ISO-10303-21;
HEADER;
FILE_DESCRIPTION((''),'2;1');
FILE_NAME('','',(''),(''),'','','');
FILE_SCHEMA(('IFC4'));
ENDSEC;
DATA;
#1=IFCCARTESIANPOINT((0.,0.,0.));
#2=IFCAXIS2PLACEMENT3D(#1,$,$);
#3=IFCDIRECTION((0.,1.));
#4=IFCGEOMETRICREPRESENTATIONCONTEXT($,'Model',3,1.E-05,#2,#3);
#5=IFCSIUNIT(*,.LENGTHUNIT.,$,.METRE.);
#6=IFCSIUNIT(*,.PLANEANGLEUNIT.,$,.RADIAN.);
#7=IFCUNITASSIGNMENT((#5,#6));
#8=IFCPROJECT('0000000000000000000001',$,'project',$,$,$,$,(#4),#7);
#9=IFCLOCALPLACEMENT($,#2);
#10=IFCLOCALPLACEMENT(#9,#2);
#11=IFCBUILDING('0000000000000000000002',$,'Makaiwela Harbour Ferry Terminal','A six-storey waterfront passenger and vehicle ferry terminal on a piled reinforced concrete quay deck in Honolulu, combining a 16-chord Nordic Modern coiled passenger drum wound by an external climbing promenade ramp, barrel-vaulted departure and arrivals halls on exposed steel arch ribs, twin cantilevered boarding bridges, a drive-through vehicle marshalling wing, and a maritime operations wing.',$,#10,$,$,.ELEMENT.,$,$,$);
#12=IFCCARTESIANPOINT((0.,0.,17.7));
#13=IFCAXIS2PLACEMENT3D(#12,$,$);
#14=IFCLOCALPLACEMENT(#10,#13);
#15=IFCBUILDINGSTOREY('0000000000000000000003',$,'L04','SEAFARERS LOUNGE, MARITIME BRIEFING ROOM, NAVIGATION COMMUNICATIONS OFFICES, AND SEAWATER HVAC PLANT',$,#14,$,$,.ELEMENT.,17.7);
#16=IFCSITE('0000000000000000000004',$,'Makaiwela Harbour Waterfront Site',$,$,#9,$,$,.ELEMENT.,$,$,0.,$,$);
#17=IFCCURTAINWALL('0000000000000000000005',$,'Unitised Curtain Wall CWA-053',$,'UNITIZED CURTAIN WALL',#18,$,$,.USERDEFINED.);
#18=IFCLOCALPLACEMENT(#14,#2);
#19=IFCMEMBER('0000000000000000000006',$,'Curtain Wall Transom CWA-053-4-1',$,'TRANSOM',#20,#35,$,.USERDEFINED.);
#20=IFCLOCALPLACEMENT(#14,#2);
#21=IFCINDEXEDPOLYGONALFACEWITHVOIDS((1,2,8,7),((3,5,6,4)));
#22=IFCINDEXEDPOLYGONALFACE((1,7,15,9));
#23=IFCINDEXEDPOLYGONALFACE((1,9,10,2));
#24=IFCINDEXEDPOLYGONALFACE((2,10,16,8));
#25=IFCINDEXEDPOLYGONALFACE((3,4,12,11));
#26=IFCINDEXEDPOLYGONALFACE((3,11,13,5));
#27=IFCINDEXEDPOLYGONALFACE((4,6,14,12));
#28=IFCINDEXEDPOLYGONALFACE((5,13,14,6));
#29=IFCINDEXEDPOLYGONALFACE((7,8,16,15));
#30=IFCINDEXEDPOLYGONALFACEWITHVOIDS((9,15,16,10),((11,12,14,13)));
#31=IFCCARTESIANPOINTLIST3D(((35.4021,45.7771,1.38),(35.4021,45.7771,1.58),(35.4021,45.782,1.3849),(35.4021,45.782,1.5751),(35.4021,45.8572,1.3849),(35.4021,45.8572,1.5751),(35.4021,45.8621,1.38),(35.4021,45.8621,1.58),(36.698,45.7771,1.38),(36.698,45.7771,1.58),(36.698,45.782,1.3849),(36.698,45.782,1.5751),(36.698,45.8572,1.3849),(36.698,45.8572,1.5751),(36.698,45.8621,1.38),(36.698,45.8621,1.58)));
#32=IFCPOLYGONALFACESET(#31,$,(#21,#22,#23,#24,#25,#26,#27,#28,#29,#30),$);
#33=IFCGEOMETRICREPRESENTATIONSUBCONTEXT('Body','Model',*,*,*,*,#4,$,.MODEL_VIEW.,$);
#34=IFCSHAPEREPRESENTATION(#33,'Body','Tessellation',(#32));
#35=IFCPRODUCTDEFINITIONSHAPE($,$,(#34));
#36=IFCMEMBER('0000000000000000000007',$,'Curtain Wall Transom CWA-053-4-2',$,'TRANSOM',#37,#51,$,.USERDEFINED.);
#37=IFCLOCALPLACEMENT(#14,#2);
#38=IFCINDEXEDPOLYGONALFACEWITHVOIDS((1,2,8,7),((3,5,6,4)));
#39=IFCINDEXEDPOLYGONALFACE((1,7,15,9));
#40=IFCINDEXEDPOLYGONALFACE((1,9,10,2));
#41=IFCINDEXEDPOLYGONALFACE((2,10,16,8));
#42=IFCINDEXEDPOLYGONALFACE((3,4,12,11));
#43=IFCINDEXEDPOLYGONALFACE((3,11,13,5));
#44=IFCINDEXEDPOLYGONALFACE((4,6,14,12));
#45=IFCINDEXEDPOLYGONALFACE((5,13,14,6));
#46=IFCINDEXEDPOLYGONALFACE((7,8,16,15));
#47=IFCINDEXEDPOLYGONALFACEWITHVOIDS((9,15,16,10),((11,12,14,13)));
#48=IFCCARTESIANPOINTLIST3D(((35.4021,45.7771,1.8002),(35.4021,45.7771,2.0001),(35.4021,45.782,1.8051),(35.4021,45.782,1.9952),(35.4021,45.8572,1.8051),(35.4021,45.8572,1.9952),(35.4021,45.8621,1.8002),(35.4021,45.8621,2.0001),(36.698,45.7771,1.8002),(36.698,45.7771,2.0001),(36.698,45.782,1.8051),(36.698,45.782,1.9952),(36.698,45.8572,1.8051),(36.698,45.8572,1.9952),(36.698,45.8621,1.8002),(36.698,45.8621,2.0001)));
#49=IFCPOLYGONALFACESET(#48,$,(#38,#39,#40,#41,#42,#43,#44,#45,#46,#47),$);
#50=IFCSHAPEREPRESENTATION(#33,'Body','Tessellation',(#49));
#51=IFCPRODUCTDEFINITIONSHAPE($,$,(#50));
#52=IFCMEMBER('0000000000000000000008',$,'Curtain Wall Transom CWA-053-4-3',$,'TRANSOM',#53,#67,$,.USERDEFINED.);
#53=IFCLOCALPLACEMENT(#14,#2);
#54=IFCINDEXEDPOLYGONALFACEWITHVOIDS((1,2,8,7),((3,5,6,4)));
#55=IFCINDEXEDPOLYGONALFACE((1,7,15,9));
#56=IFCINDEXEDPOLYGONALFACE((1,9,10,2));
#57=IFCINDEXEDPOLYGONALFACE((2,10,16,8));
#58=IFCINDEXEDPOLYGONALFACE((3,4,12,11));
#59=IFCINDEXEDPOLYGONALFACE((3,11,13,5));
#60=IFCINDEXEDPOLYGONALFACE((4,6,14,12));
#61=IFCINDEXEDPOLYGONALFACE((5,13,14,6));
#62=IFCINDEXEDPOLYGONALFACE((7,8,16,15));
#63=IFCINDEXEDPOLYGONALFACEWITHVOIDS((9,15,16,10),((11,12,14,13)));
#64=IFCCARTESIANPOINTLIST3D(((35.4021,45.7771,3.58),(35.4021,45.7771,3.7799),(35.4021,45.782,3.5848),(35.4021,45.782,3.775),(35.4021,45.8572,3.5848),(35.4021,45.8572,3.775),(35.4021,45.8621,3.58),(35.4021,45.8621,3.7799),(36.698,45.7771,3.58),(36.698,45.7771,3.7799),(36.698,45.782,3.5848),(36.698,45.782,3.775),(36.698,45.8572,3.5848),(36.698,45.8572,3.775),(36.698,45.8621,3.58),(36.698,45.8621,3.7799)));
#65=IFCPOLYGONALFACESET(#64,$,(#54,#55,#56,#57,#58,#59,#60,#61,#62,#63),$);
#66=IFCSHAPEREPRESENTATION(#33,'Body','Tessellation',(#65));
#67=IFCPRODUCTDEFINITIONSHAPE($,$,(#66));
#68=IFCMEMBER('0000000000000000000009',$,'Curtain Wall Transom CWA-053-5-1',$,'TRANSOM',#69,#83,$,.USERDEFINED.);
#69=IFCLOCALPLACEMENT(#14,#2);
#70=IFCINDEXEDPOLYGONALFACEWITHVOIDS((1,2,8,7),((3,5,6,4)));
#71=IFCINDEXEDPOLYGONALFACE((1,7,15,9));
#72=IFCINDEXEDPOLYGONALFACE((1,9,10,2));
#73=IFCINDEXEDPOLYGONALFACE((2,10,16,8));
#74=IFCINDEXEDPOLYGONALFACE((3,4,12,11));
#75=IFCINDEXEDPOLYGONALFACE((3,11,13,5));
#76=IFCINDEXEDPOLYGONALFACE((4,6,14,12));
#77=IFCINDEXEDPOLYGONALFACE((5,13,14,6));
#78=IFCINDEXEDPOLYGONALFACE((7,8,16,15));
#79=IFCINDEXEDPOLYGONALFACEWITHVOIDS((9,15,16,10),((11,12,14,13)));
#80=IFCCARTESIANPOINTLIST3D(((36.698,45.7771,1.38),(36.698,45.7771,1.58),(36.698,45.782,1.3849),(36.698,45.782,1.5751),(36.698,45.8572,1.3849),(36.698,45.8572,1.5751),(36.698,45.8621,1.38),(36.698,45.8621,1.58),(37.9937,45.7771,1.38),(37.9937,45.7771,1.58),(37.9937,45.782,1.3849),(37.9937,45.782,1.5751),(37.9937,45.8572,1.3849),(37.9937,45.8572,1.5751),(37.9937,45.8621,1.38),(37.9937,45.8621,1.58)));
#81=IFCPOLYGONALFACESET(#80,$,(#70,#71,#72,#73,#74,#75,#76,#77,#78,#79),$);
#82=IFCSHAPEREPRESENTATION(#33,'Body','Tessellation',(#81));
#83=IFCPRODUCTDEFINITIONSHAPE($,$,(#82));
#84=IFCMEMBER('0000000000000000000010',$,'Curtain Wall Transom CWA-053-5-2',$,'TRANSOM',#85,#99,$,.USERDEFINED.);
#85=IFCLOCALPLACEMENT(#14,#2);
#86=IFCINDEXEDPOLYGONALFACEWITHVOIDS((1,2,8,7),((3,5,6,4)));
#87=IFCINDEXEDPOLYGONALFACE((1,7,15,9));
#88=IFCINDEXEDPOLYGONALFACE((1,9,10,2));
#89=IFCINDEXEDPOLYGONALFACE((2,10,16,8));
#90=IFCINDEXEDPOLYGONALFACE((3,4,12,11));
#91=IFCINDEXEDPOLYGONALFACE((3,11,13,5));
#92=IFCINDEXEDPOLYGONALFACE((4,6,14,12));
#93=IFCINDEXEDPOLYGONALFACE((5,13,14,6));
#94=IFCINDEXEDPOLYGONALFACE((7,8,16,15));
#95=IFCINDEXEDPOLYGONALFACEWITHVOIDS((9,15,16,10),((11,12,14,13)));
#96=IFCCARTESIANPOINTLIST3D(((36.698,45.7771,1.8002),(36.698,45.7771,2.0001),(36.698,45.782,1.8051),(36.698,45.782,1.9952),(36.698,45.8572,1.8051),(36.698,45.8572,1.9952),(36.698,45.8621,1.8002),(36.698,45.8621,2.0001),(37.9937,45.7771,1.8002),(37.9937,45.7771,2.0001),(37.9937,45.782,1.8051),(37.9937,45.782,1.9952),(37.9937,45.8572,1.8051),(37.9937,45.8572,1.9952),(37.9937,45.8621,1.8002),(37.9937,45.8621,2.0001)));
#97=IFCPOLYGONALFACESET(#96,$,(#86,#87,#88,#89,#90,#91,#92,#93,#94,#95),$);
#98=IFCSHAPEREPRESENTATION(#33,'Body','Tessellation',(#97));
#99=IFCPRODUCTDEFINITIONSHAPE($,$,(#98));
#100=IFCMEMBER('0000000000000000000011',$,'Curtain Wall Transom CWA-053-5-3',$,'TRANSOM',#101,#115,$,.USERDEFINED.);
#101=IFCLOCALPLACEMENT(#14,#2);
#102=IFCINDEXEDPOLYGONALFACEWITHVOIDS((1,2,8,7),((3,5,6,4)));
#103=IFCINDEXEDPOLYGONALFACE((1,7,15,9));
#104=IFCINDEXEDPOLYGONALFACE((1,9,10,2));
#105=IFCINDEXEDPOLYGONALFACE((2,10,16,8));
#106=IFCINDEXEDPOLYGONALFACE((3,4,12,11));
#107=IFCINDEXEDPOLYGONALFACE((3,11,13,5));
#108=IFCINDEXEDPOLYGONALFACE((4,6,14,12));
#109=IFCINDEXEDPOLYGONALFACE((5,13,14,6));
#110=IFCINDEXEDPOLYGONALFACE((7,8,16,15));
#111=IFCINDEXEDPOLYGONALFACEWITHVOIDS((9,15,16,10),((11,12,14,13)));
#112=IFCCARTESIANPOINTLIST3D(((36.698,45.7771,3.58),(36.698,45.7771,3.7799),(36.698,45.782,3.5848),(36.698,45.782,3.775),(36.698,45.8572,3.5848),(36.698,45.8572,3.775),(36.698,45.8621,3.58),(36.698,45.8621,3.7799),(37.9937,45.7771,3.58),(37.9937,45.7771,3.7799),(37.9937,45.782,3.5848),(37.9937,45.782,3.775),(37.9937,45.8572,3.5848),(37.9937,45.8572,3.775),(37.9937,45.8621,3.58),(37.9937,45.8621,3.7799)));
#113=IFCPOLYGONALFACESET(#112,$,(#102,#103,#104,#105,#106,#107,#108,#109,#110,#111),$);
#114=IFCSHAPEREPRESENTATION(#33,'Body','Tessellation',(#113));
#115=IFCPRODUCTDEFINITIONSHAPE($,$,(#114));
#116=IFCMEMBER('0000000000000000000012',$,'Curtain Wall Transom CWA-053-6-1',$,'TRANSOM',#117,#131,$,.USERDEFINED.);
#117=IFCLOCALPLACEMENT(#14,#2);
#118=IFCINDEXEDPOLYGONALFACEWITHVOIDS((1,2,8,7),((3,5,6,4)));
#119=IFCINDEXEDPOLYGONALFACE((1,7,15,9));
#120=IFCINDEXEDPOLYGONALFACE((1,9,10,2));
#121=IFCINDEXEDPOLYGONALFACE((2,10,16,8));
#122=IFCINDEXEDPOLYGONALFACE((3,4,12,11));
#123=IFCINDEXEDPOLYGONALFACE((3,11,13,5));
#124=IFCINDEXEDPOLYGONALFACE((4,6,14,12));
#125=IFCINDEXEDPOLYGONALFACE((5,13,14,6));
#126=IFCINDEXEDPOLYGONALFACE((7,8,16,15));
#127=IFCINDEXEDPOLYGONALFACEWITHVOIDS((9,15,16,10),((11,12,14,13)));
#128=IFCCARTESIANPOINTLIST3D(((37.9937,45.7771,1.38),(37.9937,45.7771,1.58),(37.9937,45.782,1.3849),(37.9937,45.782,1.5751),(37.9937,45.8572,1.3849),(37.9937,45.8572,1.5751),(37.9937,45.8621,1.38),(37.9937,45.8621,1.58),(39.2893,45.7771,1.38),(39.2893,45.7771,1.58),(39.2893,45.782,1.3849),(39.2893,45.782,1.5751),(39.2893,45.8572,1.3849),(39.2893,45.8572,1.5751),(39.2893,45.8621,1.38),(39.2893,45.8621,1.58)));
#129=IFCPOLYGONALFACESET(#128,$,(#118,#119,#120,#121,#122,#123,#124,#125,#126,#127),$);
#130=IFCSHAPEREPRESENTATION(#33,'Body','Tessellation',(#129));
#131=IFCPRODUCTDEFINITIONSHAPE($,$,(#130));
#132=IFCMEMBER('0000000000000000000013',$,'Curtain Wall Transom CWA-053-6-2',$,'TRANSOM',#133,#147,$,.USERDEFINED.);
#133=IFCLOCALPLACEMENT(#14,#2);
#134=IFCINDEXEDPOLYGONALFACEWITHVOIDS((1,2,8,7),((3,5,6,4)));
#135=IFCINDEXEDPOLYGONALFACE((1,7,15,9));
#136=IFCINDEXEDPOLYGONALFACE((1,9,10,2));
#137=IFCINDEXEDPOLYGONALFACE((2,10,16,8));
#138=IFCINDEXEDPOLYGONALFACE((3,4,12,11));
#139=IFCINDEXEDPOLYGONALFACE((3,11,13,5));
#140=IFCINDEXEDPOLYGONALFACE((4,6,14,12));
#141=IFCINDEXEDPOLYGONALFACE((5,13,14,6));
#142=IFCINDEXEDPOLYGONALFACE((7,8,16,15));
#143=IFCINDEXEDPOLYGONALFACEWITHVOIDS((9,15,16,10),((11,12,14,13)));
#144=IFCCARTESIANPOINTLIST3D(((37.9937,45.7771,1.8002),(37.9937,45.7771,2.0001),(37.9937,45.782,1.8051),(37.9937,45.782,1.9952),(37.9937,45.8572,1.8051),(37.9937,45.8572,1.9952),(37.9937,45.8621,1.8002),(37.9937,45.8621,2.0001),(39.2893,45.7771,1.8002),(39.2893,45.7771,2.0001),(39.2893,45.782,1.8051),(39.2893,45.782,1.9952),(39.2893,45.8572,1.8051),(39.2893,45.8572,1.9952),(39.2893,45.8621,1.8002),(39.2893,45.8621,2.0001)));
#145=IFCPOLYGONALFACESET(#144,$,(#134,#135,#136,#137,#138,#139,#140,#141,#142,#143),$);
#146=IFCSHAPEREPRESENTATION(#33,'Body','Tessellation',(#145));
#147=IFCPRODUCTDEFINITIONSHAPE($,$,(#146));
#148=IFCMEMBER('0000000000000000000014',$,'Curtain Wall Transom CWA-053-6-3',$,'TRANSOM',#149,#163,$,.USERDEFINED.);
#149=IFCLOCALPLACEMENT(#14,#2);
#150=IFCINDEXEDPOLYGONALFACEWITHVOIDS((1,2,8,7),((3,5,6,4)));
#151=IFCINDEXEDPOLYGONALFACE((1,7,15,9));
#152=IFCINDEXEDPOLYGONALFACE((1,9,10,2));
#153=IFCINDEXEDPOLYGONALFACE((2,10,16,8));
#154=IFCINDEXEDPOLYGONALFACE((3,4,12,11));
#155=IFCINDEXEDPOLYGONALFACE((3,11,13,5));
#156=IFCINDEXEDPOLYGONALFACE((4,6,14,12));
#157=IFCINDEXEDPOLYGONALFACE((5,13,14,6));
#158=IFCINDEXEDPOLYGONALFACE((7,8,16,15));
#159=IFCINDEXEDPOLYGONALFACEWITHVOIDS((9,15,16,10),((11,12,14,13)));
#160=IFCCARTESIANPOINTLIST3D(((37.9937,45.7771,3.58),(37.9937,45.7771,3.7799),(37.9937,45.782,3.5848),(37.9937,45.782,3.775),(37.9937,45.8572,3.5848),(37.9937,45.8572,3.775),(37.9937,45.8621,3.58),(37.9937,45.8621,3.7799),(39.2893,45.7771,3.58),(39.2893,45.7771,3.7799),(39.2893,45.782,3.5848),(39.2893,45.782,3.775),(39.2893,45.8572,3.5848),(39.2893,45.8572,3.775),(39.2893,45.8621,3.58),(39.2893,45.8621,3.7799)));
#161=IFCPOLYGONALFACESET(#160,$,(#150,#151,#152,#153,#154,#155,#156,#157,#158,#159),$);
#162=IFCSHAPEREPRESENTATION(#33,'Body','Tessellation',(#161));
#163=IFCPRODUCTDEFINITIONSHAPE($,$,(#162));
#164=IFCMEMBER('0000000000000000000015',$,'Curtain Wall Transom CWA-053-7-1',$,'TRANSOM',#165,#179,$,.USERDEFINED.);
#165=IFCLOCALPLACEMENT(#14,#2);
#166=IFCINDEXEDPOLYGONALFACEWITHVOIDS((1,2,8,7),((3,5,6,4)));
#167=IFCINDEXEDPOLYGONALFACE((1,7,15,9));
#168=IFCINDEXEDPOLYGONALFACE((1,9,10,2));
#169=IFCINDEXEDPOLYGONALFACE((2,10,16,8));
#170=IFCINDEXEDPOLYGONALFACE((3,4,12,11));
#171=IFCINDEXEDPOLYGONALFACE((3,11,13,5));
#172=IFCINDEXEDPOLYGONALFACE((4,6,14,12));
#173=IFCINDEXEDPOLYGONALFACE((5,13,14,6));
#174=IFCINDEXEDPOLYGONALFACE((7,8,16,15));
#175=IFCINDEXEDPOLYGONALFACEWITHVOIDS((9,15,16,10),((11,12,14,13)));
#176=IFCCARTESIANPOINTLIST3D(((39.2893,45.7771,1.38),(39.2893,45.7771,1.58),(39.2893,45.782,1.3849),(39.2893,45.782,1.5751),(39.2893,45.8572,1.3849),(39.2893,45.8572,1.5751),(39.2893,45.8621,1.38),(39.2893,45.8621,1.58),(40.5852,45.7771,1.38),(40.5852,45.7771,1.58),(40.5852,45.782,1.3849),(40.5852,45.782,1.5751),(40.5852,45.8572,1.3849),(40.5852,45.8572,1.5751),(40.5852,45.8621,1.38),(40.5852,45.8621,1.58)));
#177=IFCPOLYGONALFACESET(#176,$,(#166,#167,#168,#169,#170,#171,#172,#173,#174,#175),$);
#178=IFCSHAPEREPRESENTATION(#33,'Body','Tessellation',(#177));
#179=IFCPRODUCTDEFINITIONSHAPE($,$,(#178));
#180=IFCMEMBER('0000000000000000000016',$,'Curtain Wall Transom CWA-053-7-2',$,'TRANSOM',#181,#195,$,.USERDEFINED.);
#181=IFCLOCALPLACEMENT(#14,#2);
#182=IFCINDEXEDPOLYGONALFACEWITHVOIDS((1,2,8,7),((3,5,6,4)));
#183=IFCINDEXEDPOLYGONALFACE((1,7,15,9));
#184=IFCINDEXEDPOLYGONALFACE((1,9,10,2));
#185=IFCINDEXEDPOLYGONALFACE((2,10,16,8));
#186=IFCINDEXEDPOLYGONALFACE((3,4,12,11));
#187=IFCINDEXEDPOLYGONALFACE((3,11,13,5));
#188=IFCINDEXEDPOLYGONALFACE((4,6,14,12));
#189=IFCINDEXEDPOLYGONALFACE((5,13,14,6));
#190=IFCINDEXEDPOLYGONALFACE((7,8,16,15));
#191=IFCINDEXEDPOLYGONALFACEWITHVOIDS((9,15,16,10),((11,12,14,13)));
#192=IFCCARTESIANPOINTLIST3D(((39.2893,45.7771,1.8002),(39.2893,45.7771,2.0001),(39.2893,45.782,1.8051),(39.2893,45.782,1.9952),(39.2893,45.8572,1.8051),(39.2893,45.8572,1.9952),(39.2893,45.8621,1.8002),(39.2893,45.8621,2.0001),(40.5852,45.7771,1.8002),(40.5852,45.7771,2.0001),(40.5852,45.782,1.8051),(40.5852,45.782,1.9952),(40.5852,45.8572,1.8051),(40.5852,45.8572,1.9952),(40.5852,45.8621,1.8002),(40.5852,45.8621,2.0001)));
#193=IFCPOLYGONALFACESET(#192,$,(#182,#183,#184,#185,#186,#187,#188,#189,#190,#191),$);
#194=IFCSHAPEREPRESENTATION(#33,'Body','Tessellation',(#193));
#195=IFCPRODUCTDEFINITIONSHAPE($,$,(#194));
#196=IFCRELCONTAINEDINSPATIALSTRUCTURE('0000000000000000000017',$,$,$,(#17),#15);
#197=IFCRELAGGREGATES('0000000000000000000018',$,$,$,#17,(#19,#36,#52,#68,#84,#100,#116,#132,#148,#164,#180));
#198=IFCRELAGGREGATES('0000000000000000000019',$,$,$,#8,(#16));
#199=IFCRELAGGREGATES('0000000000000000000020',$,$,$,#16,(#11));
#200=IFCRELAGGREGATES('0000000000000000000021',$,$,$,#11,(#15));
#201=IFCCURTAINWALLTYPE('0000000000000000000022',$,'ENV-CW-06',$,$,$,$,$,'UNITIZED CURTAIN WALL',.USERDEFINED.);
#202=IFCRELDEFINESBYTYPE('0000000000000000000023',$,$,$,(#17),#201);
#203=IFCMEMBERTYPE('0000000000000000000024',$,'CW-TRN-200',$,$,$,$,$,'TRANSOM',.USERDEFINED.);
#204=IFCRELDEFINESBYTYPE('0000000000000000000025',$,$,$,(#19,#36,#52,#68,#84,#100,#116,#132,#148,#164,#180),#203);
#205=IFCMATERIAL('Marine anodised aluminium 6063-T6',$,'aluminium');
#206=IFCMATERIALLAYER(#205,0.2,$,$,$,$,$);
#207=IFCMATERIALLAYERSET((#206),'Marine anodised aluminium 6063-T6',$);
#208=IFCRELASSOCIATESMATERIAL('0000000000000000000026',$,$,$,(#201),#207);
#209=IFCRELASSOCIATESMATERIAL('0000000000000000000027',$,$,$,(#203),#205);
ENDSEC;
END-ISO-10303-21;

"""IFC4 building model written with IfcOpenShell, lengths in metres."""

from ifc_helpers import new_model, si_unit, direction, frame, origin, origin_2d, place, context, subcontext, project, spatial, hollow_rectangle, extrude, material, layer, layer_set, material_profile, profile_set, type_object, element, aggregate, save


model = new_model("IFC4")

# Units and contexts
model_context = context("Model", 3, precision=1e-05, world=origin(), true_north=direction((0.0, 1.0)))
body_context = subcontext(model_context, "Body", "Model", "MODEL_VIEW")
ifc_project = project(units=[si_unit("LENGTHUNIT", "METRE"), si_unit("PLANEANGLEUNIT", "RADIAN")], contexts=[model_context])

# Site, building, storey
site_placement = place(None, origin())
site = spatial("IfcSite", under=ifc_project, at=site_placement, Name="Makaiwela Harbour Waterfront Site", CompositionType="ELEMENT", RefElevation=0.0)
building_placement = place(site_placement, origin())
building = spatial("IfcBuilding", under=site, at=building_placement, Name="Makaiwela Harbour Ferry Terminal", Description="A six-storey waterfront passenger and vehicle ferry terminal on a piled reinforced concrete quay deck in Honolulu, combining a 16-chord Nordic Modern coiled passenger drum wound by an external climbing promenade ramp, barrel-vaulted departure and arrivals halls on exposed steel arch ribs, twin cantilevered boarding bridges, a drive-through vehicle marshalling wing, and a maritime operations wing.", CompositionType="ELEMENT")
storey_placement = place(building_placement, frame((0.0, 0.0, 17.7)))
storey = spatial("IfcBuildingStorey", under=building, at=storey_placement, Name="L04", Description="SEAFARERS LOUNGE, MARITIME BRIEFING ROOM, NAVIGATION COMMUNICATIONS OFFICES, AND SEAWATER HVAC PLANT", CompositionType="ELEMENT", Elevation=17.7)

# Curtain wall, members
ifc_material_1 = material(Name="Marine anodised aluminium 6063-T6", Category="aluminium")
ifc_layer_1 = layer(ifc_material_1, 0.2)
ifc_layer_set_1 = layer_set([ifc_layer_1], Name="Marine anodised aluminium 6063-T6")
curtain_wall_type = type_object("IfcCurtainWallType", Name="ENV-CW-06", ElementType="UNITIZED CURTAIN WALL", PredefinedType="USERDEFINED", material=ifc_layer_set_1)
curtain_wall_placement = place(storey_placement, origin())
curtain_wall = element("IfcCurtainWall", 1, at=curtain_wall_placement, inside=storey, type_object=curtain_wall_type, Name="Unitised Curtain Wall CWA-053", ObjectType="UNITIZED CURTAIN WALL", PredefinedType="USERDEFINED")
ifc_material_profile_1 = material_profile(ifc_material_1, hollow_rectangle(XDim=0.085, YDim=0.2, WallThickness=0.0049, at=origin_2d()), Name="CWT-200X85")
ifc_profile_set_1 = profile_set([ifc_material_profile_1], Name="Marine anodised aluminium 6063-T6")
member_type_1 = type_object("IfcMemberType", Name="CW-TRN-200", ElementType="TRANSOM", PredefinedType="USERDEFINED", material=ifc_profile_set_1)
member_1_placement = place(storey_placement, frame((35.4021, 45.8196, 1.48), z_axis=(1.0, 0.0, 0.0), x_axis=(0.0, 1.0, 0.0)))
member_1 = element("IfcMember", 2, at=member_1_placement, type_object=member_type_1, Name="Curtain Wall Transom CWA-053-4-1", ObjectType="TRANSOM", PredefinedType="USERDEFINED", context=body_context, shape_type="SweptSolid", body=[
    extrude(hollow_rectangle(XDim=0.085, YDim=0.2, WallThickness=0.0049, at=origin_2d()), origin(), (0.0, 0.0, 1.0), 1.2959),
])
member_2_placement = place(storey_placement, frame((35.4021, 45.8196, 1.9001), z_axis=(1.0, 0.0, 0.0), x_axis=(0.0, 1.0, 0.0)))
member_2 = element("IfcMember", 3, at=member_2_placement, type_object=member_type_1, Name="Curtain Wall Transom CWA-053-4-2", ObjectType="TRANSOM", PredefinedType="USERDEFINED", context=body_context, shape_type="SweptSolid", body=[
    extrude(hollow_rectangle(XDim=0.085, YDim=0.2, WallThickness=0.0049, at=origin_2d()), origin(), (0.0, 0.0, 1.0), 1.2959),
])
member_3_placement = place(storey_placement, frame((35.4021, 45.8196, 3.6799), z_axis=(1.0, 0.0, 0.0), x_axis=(0.0, 1.0, 0.0)))
member_3 = element("IfcMember", 4, at=member_3_placement, type_object=member_type_1, Name="Curtain Wall Transom CWA-053-4-3", ObjectType="TRANSOM", PredefinedType="USERDEFINED", context=body_context, shape_type="SweptSolid", body=[
    extrude(hollow_rectangle(XDim=0.085, YDim=0.2, WallThickness=0.0049, at=origin_2d()), origin(), (0.0, 0.0, 1.0), 1.2959),
])
member_4_placement = place(storey_placement, frame((36.698, 45.8196, 1.48), z_axis=(1.0, 0.0, 0.0), x_axis=(0.0, 1.0, 0.0)))
member_4 = element("IfcMember", 5, at=member_4_placement, type_object=member_type_1, Name="Curtain Wall Transom CWA-053-5-1", ObjectType="TRANSOM", PredefinedType="USERDEFINED", context=body_context, shape_type="SweptSolid", body=[
    extrude(hollow_rectangle(XDim=0.085, YDim=0.2, WallThickness=0.0049, at=origin_2d()), origin(), (0.0, 0.0, 1.0), 1.2957),
])
member_5_placement = place(storey_placement, frame((36.698, 45.8196, 1.9001), z_axis=(1.0, 0.0, 0.0), x_axis=(0.0, 1.0, 0.0)))
member_5 = element("IfcMember", 6, at=member_5_placement, type_object=member_type_1, Name="Curtain Wall Transom CWA-053-5-2", ObjectType="TRANSOM", PredefinedType="USERDEFINED", context=body_context, shape_type="SweptSolid", body=[
    extrude(hollow_rectangle(XDim=0.085, YDim=0.2, WallThickness=0.0049, at=origin_2d()), origin(), (0.0, 0.0, 1.0), 1.2957),
])
member_6_placement = place(storey_placement, frame((36.698, 45.8196, 3.6799), z_axis=(1.0, 0.0, 0.0), x_axis=(0.0, 1.0, 0.0)))
member_6 = element("IfcMember", 7, at=member_6_placement, type_object=member_type_1, Name="Curtain Wall Transom CWA-053-5-3", ObjectType="TRANSOM", PredefinedType="USERDEFINED", context=body_context, shape_type="SweptSolid", body=[
    extrude(hollow_rectangle(XDim=0.085, YDim=0.2, WallThickness=0.0049, at=origin_2d()), origin(), (0.0, 0.0, 1.0), 1.2957),
])
member_7_placement = place(storey_placement, frame((37.9937, 45.8196, 1.48), z_axis=(1.0, 0.0, 0.0), x_axis=(0.0, 1.0, 0.0)))
member_7 = element("IfcMember", 8, at=member_7_placement, type_object=member_type_1, Name="Curtain Wall Transom CWA-053-6-1", ObjectType="TRANSOM", PredefinedType="USERDEFINED", context=body_context, shape_type="SweptSolid", body=[
    extrude(hollow_rectangle(XDim=0.085, YDim=0.2, WallThickness=0.0049, at=origin_2d()), origin(), (0.0, 0.0, 1.0), 1.2957),
])
member_8_placement = place(storey_placement, frame((37.9937, 45.8196, 1.9001), z_axis=(1.0, 0.0, 0.0), x_axis=(0.0, 1.0, 0.0)))
member_8 = element("IfcMember", 9, at=member_8_placement, type_object=member_type_1, Name="Curtain Wall Transom CWA-053-6-2", ObjectType="TRANSOM", PredefinedType="USERDEFINED", context=body_context, shape_type="SweptSolid", body=[
    extrude(hollow_rectangle(XDim=0.085, YDim=0.2, WallThickness=0.0049, at=origin_2d()), origin(), (0.0, 0.0, 1.0), 1.2957),
])
member_9_placement = place(storey_placement, frame((37.9937, 45.8196, 3.6799), z_axis=(1.0, 0.0, 0.0), x_axis=(0.0, 1.0, 0.0)))
member_9 = element("IfcMember", 10, at=member_9_placement, type_object=member_type_1, Name="Curtain Wall Transom CWA-053-6-3", ObjectType="TRANSOM", PredefinedType="USERDEFINED", context=body_context, shape_type="SweptSolid", body=[
    extrude(hollow_rectangle(XDim=0.085, YDim=0.2, WallThickness=0.0049, at=origin_2d()), origin(), (0.0, 0.0, 1.0), 1.2957),
])
member_10_placement = place(storey_placement, frame((39.2893, 45.8196, 1.48), z_axis=(1.0, 0.0, 0.0), x_axis=(0.0, 1.0, 0.0)))
member_10 = element("IfcMember", 11, at=member_10_placement, type_object=member_type_1, Name="Curtain Wall Transom CWA-053-7-1", ObjectType="TRANSOM", PredefinedType="USERDEFINED", context=body_context, shape_type="SweptSolid", body=[
    extrude(hollow_rectangle(XDim=0.085, YDim=0.2, WallThickness=0.0049, at=origin_2d()), origin(), (0.0, 0.0, 1.0), 1.2959),
])
member_11_placement = place(storey_placement, frame((39.2893, 45.8196, 1.9001), z_axis=(1.0, 0.0, 0.0), x_axis=(0.0, 1.0, 0.0)))
member_11 = element("IfcMember", 12, at=member_11_placement, type_object=member_type_1, Name="Curtain Wall Transom CWA-053-7-2", ObjectType="TRANSOM", PredefinedType="USERDEFINED", context=body_context, shape_type="SweptSolid", body=[
    extrude(hollow_rectangle(XDim=0.085, YDim=0.2, WallThickness=0.0049, at=origin_2d()), origin(), (0.0, 0.0, 1.0), 1.2959),
])
aggregate(curtain_wall, [member_1, member_2, member_3, member_4, member_5, member_6, member_7, member_8, member_9, member_10, member_11])

save(model, "model.ifc")
